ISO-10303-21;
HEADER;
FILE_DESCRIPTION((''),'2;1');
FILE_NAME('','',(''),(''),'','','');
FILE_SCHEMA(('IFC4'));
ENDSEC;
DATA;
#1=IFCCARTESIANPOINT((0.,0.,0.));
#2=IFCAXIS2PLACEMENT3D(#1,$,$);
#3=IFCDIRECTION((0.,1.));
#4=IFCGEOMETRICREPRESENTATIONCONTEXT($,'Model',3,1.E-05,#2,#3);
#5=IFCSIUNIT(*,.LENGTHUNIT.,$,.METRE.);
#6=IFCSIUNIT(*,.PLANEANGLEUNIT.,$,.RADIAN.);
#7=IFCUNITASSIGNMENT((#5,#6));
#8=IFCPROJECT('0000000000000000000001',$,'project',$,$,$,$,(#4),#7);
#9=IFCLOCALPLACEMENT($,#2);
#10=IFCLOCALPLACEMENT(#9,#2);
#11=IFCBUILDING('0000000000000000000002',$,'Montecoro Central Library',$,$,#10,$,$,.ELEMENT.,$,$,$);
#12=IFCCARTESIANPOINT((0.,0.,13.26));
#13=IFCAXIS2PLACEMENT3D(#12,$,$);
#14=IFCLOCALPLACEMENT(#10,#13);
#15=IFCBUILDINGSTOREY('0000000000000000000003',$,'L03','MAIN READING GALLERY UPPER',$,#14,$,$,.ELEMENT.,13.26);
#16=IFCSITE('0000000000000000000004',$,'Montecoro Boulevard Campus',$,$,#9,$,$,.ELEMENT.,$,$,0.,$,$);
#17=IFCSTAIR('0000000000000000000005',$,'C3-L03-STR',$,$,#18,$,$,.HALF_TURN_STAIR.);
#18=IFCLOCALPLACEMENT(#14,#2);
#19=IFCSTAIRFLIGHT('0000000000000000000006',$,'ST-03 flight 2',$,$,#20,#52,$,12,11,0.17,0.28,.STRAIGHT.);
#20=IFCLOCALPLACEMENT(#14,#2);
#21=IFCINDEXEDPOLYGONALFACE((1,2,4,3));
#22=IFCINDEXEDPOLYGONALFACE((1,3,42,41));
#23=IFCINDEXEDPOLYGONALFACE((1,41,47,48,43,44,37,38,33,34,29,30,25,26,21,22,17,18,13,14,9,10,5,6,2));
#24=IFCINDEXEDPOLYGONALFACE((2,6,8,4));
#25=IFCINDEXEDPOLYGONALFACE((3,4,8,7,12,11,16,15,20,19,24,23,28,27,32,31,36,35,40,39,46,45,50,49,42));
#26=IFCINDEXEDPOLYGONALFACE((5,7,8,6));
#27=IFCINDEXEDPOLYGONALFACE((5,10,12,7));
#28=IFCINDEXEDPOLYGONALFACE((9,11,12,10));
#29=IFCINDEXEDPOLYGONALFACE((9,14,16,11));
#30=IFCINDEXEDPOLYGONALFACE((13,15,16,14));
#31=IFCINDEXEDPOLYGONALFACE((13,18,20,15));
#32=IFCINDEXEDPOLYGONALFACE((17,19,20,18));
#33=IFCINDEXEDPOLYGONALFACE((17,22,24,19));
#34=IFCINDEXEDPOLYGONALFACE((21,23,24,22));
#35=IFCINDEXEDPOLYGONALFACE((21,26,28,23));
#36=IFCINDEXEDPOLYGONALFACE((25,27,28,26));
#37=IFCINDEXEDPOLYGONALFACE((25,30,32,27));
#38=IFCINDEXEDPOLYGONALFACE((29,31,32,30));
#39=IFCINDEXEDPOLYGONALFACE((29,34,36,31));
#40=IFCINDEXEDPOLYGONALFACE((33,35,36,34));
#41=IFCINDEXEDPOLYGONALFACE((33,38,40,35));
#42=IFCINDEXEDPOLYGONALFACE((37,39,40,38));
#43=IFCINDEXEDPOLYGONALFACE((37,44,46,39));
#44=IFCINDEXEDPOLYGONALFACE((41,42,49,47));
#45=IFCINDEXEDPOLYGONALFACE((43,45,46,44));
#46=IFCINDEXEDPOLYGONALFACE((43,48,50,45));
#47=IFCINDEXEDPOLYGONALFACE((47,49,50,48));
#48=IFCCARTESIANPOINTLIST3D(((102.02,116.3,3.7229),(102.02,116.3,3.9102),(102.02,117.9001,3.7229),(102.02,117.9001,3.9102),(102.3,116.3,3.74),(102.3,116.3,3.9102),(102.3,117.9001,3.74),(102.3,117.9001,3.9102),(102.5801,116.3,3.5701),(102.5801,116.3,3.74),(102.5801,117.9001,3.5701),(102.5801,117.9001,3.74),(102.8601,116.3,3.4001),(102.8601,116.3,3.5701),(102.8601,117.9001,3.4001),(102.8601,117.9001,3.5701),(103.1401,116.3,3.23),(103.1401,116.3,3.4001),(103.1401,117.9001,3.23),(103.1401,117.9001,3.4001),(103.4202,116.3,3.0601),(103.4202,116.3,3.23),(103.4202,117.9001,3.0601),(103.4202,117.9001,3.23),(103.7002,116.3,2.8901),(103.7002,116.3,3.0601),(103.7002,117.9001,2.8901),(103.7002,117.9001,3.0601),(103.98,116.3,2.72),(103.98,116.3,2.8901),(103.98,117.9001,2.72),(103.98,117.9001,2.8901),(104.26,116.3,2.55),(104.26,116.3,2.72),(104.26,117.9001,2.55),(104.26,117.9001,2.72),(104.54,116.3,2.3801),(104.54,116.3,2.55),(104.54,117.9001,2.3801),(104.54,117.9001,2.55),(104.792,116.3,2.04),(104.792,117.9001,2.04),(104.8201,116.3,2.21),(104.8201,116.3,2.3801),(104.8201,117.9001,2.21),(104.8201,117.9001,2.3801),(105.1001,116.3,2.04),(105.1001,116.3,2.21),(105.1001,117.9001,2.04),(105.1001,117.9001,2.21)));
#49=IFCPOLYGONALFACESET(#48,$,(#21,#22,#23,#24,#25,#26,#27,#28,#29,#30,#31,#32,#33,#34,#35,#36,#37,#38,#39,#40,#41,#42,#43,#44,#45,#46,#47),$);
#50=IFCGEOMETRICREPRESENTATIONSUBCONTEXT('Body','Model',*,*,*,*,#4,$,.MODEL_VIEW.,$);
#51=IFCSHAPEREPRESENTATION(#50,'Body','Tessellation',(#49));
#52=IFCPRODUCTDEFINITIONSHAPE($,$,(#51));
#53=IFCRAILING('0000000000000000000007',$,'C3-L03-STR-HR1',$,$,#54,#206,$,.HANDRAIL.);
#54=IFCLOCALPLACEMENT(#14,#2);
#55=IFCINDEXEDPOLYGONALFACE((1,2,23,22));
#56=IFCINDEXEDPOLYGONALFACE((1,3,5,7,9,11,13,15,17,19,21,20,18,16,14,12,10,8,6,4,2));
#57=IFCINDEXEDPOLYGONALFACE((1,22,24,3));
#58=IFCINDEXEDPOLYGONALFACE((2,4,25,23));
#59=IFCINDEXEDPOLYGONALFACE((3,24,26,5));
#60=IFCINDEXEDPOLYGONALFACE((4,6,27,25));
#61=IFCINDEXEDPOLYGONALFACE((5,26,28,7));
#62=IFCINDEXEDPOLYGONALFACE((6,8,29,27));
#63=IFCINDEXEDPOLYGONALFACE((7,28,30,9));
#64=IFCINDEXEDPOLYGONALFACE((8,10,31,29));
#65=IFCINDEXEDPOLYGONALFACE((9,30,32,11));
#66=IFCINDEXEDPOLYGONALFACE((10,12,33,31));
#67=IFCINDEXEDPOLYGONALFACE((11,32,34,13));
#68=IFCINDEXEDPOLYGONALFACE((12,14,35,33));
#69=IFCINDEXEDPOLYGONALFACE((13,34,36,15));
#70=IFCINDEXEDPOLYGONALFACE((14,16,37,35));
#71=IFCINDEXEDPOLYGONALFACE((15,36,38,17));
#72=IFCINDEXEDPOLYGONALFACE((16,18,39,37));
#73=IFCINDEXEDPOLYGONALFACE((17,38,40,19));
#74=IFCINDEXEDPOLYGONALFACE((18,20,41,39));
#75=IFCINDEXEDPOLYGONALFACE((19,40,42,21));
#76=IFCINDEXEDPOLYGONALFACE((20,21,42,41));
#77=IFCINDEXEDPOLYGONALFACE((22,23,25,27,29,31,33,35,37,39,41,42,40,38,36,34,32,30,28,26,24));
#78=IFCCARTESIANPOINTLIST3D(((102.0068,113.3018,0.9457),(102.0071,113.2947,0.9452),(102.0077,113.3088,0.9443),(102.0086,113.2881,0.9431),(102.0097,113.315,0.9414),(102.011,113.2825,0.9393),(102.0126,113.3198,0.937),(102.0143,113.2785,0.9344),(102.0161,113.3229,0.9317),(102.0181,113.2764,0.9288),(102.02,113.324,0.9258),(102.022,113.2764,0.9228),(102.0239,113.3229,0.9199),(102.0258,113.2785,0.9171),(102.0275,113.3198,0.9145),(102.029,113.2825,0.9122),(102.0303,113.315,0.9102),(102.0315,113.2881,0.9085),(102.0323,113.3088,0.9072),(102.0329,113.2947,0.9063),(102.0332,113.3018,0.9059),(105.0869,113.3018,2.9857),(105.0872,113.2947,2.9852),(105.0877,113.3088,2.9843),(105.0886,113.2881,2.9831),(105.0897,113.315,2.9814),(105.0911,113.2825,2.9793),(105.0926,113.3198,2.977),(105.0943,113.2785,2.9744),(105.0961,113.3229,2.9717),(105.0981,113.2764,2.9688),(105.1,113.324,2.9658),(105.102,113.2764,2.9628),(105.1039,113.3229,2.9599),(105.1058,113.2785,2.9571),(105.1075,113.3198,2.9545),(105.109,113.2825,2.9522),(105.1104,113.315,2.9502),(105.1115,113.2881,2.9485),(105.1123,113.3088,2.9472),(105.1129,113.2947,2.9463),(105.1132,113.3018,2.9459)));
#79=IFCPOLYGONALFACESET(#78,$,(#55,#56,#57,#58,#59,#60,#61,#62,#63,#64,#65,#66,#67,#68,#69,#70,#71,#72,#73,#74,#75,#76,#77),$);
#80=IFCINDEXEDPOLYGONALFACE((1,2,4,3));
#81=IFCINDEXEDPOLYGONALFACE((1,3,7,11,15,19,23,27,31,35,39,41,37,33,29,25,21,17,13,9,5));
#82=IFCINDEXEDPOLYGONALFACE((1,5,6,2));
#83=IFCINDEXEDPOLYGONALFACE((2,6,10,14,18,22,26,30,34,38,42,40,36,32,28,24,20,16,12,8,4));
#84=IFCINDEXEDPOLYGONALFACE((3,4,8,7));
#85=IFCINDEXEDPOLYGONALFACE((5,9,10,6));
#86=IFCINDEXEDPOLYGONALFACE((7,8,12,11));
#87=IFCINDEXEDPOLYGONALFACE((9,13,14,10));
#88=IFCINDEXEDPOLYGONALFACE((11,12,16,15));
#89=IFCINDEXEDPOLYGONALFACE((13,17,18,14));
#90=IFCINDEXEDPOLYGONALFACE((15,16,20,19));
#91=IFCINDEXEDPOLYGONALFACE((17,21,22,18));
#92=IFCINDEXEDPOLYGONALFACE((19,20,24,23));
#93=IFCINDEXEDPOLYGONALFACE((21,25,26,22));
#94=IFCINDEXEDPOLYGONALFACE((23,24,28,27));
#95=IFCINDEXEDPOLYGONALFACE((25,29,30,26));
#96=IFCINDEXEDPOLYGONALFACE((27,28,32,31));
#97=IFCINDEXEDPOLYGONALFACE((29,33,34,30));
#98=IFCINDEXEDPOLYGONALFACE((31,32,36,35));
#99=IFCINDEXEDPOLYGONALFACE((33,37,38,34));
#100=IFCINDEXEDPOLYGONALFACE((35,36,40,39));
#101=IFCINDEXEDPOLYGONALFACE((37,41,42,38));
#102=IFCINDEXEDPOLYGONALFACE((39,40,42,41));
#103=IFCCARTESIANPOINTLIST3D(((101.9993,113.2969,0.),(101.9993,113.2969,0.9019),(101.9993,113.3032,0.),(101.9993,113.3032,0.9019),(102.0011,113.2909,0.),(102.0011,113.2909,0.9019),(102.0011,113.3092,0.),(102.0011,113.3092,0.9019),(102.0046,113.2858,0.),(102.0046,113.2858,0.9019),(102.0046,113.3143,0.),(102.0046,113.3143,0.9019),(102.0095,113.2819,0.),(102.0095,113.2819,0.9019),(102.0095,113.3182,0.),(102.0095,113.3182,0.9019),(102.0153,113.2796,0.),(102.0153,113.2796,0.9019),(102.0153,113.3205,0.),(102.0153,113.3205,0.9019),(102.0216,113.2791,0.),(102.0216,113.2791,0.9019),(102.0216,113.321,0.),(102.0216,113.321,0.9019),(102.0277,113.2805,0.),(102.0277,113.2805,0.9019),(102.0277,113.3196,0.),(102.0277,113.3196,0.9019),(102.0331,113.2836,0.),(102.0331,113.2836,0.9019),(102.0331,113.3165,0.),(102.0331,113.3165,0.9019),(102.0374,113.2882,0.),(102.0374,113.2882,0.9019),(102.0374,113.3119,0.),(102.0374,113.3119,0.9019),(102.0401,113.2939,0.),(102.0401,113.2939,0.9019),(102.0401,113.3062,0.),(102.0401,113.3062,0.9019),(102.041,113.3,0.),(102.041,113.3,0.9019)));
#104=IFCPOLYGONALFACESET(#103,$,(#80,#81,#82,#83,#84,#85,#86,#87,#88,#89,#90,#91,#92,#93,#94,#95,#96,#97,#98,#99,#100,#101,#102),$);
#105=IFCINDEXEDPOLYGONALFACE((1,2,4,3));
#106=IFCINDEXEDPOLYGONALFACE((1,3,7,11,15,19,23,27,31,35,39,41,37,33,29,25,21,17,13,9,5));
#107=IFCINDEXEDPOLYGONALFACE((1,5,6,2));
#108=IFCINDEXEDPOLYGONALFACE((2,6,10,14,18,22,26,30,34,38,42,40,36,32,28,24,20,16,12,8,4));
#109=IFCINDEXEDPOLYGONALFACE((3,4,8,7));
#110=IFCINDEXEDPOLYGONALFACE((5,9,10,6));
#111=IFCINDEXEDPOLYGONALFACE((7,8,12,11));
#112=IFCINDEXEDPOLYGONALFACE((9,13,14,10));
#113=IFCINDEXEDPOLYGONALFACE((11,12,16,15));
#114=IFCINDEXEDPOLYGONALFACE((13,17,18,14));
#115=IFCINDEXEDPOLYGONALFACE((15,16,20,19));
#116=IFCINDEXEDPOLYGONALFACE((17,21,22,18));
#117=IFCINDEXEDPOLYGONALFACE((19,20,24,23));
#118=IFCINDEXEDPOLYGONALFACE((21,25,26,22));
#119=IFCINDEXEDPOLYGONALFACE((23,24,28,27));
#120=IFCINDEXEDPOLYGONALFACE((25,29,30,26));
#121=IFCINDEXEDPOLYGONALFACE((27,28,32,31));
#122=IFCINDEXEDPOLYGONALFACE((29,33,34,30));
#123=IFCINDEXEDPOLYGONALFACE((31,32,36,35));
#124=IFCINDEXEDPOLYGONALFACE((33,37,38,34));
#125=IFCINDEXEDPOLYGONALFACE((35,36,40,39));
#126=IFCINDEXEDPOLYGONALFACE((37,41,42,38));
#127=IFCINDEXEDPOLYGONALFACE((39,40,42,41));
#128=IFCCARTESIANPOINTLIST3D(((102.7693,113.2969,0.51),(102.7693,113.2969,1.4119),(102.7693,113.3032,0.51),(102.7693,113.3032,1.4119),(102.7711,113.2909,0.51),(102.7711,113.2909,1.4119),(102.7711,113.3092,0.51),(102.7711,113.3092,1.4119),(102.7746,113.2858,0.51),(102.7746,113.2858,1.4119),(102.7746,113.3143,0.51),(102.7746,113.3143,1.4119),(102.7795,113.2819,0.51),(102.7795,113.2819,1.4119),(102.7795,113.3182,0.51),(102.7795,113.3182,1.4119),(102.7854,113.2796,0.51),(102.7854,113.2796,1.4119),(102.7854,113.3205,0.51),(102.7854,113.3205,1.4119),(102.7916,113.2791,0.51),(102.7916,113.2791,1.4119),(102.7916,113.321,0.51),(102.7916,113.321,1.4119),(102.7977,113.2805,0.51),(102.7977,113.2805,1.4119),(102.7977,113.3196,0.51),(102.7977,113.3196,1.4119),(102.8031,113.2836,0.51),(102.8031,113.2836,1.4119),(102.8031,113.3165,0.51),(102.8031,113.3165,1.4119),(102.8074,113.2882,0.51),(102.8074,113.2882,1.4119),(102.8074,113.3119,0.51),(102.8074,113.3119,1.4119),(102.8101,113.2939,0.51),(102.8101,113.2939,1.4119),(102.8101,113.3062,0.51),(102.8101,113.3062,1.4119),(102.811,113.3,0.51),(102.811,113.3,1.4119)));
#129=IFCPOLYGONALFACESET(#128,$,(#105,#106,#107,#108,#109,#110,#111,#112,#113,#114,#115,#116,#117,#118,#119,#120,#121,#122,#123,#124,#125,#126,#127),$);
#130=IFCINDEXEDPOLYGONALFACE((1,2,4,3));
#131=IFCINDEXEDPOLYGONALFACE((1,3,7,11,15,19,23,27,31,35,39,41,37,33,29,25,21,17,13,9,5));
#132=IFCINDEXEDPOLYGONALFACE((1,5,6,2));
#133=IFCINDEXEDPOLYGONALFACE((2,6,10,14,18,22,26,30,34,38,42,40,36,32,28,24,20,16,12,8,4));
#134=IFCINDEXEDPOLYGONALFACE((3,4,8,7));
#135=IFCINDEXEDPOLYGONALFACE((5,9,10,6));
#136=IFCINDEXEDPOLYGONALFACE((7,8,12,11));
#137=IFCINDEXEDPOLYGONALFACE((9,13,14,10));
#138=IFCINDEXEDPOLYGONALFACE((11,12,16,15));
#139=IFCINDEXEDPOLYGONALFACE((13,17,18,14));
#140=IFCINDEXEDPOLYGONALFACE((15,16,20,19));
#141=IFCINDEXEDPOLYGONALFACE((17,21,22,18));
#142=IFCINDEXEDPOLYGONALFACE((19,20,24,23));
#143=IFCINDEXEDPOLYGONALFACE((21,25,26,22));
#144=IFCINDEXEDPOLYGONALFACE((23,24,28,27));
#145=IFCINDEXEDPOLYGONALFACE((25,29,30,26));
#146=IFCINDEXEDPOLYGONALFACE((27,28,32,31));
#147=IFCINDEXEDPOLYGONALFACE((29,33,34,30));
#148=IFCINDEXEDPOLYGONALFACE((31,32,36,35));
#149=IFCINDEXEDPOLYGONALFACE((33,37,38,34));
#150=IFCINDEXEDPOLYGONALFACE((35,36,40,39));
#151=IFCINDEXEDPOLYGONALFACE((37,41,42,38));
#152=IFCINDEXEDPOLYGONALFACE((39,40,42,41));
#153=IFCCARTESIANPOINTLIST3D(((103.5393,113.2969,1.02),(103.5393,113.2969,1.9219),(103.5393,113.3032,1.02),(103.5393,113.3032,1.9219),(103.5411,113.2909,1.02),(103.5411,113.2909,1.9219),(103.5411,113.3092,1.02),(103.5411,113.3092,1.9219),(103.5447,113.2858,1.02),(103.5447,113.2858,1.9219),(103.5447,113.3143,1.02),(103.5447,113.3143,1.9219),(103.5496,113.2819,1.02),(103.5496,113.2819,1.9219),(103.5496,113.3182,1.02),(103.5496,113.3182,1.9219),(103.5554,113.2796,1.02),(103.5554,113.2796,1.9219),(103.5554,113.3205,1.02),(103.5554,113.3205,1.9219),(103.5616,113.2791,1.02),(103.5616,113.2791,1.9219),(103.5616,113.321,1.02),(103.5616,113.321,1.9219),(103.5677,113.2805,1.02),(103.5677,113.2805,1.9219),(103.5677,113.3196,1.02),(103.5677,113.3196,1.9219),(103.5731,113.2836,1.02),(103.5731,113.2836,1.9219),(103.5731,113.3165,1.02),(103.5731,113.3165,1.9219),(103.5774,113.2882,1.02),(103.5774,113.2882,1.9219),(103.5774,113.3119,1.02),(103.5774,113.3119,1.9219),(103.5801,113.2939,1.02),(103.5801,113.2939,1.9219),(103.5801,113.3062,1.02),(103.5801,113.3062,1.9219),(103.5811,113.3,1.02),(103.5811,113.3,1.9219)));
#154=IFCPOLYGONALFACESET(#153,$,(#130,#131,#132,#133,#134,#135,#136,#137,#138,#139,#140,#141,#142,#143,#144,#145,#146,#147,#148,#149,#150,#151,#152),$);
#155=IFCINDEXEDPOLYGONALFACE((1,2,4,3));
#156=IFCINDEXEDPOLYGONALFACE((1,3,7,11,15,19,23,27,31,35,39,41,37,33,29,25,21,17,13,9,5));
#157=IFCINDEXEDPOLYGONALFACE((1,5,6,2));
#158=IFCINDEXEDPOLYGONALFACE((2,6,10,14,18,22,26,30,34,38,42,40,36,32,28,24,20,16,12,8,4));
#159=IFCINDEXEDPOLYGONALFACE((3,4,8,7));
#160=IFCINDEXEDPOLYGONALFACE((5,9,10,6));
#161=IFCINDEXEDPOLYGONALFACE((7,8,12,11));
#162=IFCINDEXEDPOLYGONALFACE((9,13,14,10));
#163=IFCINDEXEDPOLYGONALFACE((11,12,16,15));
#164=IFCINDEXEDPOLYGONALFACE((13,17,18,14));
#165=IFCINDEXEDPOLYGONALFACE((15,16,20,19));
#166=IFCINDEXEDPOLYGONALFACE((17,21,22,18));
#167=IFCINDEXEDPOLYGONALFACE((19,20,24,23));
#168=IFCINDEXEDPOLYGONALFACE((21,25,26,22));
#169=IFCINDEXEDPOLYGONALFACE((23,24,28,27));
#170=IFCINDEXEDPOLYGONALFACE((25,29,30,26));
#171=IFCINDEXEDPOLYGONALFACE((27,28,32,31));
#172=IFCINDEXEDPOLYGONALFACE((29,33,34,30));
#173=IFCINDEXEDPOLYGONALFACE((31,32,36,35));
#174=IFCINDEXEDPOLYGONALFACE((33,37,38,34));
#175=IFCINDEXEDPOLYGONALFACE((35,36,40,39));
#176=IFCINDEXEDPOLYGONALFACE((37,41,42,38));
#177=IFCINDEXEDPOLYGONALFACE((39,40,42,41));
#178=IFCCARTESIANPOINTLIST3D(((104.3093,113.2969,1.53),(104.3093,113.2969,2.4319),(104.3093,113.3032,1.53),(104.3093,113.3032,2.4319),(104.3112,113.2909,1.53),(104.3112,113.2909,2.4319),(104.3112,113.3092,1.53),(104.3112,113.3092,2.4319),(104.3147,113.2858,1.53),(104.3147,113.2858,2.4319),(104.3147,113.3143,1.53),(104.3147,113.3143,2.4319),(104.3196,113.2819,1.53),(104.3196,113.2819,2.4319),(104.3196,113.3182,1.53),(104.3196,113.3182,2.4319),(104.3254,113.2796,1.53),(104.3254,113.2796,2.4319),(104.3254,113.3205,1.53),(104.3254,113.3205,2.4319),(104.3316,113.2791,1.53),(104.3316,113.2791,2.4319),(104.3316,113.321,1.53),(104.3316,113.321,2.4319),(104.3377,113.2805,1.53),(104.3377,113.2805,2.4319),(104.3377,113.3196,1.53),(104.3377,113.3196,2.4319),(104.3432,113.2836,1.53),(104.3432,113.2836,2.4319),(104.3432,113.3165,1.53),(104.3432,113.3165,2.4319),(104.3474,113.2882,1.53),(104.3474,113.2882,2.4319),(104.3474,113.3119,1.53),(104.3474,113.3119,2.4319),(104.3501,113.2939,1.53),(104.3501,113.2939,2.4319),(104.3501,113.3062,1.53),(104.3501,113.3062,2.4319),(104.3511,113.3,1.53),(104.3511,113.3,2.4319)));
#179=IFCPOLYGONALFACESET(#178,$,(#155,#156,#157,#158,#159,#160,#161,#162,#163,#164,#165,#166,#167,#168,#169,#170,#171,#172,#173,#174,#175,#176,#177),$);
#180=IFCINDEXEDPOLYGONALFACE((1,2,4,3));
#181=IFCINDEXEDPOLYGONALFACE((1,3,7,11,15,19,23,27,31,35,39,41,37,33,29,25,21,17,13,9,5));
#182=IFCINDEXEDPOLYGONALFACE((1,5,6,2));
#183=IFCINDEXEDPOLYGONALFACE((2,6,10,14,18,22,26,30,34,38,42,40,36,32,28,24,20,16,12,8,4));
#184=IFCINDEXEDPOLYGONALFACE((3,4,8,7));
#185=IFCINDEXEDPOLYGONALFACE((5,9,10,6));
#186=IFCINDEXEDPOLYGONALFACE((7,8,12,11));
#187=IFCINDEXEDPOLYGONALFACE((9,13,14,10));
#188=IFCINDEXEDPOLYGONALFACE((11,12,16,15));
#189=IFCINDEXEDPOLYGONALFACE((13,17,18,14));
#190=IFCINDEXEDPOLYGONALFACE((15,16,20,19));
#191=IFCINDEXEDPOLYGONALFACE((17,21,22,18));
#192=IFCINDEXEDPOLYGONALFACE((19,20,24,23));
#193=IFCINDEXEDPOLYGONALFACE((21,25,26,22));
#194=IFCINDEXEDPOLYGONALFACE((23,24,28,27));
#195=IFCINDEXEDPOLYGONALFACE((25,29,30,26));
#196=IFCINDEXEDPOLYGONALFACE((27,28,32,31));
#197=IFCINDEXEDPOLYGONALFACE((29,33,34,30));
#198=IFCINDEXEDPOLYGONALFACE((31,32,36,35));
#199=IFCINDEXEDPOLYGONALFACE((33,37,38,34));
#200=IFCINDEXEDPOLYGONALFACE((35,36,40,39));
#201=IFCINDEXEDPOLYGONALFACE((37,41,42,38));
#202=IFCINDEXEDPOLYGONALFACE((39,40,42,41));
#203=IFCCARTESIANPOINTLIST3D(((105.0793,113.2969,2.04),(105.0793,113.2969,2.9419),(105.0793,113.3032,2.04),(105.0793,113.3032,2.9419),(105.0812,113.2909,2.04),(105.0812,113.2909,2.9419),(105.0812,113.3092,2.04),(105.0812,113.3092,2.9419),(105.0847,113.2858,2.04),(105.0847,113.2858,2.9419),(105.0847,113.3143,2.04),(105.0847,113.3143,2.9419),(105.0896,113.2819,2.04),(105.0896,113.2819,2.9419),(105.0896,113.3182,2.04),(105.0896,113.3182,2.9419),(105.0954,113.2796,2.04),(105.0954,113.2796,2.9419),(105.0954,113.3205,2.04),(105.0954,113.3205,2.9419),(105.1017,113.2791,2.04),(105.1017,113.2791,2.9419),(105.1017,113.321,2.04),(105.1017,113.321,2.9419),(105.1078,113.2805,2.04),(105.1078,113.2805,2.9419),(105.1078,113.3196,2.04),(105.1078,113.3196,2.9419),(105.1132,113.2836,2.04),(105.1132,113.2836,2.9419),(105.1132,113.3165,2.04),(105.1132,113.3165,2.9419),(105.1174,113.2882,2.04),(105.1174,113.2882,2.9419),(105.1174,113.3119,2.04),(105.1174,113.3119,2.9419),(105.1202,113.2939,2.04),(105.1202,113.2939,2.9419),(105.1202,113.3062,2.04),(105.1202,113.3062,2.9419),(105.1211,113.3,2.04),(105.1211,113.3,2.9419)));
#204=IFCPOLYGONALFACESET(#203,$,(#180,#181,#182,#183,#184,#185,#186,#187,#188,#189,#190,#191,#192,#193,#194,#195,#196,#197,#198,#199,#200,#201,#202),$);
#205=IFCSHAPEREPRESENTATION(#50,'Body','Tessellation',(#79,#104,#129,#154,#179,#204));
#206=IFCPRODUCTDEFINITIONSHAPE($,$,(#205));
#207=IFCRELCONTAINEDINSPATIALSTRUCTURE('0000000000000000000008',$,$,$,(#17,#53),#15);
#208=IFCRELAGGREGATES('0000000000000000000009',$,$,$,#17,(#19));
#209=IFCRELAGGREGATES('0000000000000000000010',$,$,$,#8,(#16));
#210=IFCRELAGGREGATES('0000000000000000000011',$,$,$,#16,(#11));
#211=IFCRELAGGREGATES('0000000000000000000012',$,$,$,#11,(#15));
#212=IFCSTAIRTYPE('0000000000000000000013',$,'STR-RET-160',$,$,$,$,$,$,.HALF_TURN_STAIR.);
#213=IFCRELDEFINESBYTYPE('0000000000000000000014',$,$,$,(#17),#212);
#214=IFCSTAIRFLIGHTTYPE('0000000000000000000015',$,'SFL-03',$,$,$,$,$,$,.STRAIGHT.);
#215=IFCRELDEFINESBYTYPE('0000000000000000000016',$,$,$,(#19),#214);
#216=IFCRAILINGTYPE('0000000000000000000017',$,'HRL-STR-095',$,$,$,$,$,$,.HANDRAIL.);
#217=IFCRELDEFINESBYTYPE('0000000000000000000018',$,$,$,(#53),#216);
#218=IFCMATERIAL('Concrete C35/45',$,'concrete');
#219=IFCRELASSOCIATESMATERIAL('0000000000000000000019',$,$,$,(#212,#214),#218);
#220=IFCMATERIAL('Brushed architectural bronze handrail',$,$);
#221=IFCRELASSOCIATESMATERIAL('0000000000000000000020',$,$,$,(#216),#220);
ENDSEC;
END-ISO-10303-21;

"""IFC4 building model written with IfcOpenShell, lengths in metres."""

from ifc_helpers import new_model, si_unit, direction, frame, origin, origin_2d, place, context, subcontext, project, spatial, polyline, circle, outline, extrude, material, type_object, element, aggregate, save


model = new_model("IFC4")

# Units and contexts
model_context = context("Model", 3, precision=1e-05, world=origin(), true_north=direction((0.0, 1.0)))
body_context = subcontext(model_context, "Body", "Model", "MODEL_VIEW")
ifc_project = project(units=[si_unit("LENGTHUNIT", "METRE"), si_unit("PLANEANGLEUNIT", "RADIAN")], contexts=[model_context])

# Site, building, storey
site_placement = place(None, origin())
site = spatial("IfcSite", under=ifc_project, at=site_placement, Name="Montecoro Boulevard Campus", CompositionType="ELEMENT", RefElevation=0.0)
building_placement = place(site_placement, origin())
building = spatial("IfcBuilding", under=site, at=building_placement, Name="Montecoro Central Library", CompositionType="ELEMENT")
storey_placement = place(building_placement, frame((0.0, 0.0, 13.26)))
storey = spatial("IfcBuildingStorey", under=building, at=storey_placement, Name="L03", Description="MAIN READING GALLERY UPPER", CompositionType="ELEMENT", Elevation=13.26)

# Shared definitions
ifc_material_1 = material(Name="Concrete C35/45", Category="concrete")

# Stair, stair flight
stair_type = type_object("IfcStairType", Name="STR-RET-160", PredefinedType="HALF_TURN_STAIR", material=ifc_material_1)
stair_placement = place(storey_placement, origin())
stair = element("IfcStair", 1, at=stair_placement, inside=storey, type_object=stair_type, Name="C3-L03-STR", PredefinedType="HALF_TURN_STAIR")
stair_flight_type = type_object("IfcStairFlightType", Name="SFL-03", PredefinedType="STRAIGHT", material=ifc_material_1)
stair_flight_1_placement = place(storey_placement, frame((105.1001, 117.1001, 2.04), z_axis=(0.0, 0.0, 1.0), x_axis=(-1.0, 0.0, 0.0)))
stair_flight_1 = element("IfcStairFlight", 2, at=stair_flight_1_placement, type_object=stair_flight_type, Name="ST-03 flight 2", NumberOfRisers=12, NumberOfTreads=11, PredefinedType="STRAIGHT", RiserHeight=0.17, TreadLength=0.28, context=body_context, shape_type="SweptSolid", body=[
    extrude(outline(polyline([(0.0, 0.0), (0.0, 0.1699), (0.28, 0.1699), (0.28, 0.3401), (0.5601, 0.3401), (0.5601, 0.51), (0.8401, 0.51), (0.8401, 0.6799), (1.1201, 0.6799), (1.1201, 0.8501), (1.3999, 0.8501), (1.3999, 1.02), (1.6799, 1.02), (1.6799, 1.1899), (1.96, 1.1899), (1.96, 1.3601), (2.24, 1.3601), (2.24, 1.53), (2.52, 1.53), (2.52, 1.7), (2.8, 1.7), (2.8, 1.8701), (3.0801, 1.8701), (3.0801, 2.04), (3.0801, 1.6829), (0.3081, 0.0), (0.0, 0.0)])), frame((0.0, 0.8, 0.0), z_axis=(0.0, -1.0, 0.0), x_axis=(1.0, 0.0, 0.0)), (0.0, 0.0, 1.0), 1.6001),
])
aggregate(stair, [stair_flight_1])

# Railing
ifc_material_2 = material(Name="Brushed architectural bronze handrail")
railing_type_1 = type_object("IfcRailingType", Name="HRL-STR-095", PredefinedType="HANDRAIL", material=ifc_material_2)
railing_1_placement = place(storey_placement, frame((102.02, 113.3, 0.0)))
element("IfcRailing", 3, at=railing_1_placement, inside=storey, type_object=railing_type_1, Name="C3-L03-STR-HR1", PredefinedType="HANDRAIL", context=body_context, shape_type="SweptSolid", body=[
    extrude(circle(Radius=0.0239, at=origin_2d()), frame((0.0, 0.0, 0.9258), z_axis=(0.833714, 0.0, 0.552197), x_axis=(0.0, 1.0, 0.0)), (0.0, 0.0, 1.0), 3.6943),
    extrude(circle(Radius=0.021, at=origin_2d()), origin(), (0.0, 0.0, 1.0), 0.9019),
    extrude(circle(Radius=0.021, at=origin_2d()), frame((0.77, 0.0, 0.51)), (0.0, 0.0, 1.0), 0.9019),
    extrude(circle(Radius=0.021, at=origin_2d()), frame((1.54, 0.0, 1.02)), (0.0, 0.0, 1.0), 0.9019),
    extrude(circle(Radius=0.021, at=origin_2d()), frame((2.3101, 0.0, 1.53)), (0.0, 0.0, 1.0), 0.9019),
    extrude(circle(Radius=0.021, at=origin_2d()), frame((3.0801, 0.0, 2.04)), (0.0, 0.0, 1.0), 0.9019),
])

save(model, "model.ifc")
